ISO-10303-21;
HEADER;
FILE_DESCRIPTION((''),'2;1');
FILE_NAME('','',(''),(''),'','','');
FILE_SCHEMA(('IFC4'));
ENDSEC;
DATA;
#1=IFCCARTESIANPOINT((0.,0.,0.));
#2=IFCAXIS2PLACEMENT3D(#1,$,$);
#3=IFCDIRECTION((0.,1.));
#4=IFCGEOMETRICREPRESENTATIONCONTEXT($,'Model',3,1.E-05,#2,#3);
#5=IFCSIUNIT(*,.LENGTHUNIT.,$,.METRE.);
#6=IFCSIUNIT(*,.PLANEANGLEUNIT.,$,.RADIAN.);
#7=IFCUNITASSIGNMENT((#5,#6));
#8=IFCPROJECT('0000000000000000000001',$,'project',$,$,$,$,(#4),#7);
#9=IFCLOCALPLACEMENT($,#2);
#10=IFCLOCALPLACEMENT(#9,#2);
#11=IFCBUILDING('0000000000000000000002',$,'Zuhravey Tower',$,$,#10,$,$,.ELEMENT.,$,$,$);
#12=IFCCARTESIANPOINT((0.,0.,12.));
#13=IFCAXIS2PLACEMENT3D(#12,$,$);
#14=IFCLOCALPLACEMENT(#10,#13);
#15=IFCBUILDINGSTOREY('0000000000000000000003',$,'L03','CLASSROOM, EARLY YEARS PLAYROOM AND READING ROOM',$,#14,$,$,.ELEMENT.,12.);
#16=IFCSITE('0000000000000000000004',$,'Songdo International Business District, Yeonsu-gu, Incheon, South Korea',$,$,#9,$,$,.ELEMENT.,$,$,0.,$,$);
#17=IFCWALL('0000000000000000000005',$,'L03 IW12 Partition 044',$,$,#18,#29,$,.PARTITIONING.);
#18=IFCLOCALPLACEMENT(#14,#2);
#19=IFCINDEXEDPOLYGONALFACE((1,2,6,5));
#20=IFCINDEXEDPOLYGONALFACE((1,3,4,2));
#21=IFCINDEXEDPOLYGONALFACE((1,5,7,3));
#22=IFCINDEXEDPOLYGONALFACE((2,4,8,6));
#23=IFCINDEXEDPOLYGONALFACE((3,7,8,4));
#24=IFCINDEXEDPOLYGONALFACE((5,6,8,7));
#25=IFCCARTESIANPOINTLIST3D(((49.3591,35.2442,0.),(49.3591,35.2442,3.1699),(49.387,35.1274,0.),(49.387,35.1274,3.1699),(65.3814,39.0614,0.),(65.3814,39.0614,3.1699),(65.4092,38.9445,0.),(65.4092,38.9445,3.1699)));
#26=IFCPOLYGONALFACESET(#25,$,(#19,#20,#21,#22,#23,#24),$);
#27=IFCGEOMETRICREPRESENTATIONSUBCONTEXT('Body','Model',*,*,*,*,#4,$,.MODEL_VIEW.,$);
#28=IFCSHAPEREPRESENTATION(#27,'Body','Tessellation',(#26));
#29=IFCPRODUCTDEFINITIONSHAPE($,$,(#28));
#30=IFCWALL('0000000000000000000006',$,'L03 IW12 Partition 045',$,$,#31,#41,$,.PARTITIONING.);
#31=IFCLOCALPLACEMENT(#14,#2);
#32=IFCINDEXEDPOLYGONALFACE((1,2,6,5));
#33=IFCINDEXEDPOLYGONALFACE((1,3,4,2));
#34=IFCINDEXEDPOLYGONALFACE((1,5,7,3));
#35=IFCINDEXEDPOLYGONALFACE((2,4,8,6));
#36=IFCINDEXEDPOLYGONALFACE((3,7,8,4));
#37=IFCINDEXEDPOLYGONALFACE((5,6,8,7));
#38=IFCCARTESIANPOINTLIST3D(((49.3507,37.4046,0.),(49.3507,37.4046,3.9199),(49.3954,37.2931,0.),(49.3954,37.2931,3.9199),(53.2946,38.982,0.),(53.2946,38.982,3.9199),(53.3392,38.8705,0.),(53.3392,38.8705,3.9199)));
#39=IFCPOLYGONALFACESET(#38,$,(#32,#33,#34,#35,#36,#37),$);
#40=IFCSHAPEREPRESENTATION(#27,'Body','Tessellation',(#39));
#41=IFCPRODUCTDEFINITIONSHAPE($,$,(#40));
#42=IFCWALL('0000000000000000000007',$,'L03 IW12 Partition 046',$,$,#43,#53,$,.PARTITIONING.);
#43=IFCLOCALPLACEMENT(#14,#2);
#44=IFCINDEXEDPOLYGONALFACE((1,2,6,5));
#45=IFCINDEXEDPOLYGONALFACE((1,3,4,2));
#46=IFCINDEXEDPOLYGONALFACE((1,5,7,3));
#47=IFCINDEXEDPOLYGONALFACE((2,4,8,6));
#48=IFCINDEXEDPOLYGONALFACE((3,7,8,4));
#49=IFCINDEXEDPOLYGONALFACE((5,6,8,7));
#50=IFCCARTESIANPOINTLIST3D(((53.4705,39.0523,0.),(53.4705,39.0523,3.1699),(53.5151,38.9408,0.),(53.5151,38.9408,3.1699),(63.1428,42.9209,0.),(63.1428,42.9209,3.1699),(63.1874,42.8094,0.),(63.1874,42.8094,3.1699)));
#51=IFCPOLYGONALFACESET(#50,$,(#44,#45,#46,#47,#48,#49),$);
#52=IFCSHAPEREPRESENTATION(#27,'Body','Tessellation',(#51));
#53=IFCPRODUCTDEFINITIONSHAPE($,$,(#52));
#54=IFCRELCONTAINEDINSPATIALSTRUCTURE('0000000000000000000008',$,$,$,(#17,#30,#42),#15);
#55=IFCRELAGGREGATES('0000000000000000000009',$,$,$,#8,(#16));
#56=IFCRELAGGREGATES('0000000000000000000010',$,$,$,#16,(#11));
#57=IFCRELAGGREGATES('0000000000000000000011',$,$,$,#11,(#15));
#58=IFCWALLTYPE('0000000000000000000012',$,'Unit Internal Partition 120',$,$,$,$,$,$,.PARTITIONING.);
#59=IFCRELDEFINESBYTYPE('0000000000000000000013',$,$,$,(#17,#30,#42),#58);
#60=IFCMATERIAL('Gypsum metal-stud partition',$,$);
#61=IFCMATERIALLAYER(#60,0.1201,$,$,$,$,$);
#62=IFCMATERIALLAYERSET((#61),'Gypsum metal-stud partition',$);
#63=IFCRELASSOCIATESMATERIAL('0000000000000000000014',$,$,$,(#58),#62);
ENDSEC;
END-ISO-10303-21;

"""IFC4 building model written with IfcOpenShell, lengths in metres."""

from ifc_helpers import new_model, si_unit, direction, frame, frame_2d, origin, place, context, subcontext, project, spatial, rectangle, extrude, material, layer, layer_set, type_object, element, save


model = new_model("IFC4")

# Units and contexts
model_context = context("Model", 3, precision=1e-05, world=origin(), true_north=direction((0.0, 1.0)))
body_context = subcontext(model_context, "Body", "Model", "MODEL_VIEW")
ifc_project = project(units=[si_unit("LENGTHUNIT", "METRE"), si_unit("PLANEANGLEUNIT", "RADIAN")], contexts=[model_context])

# Site, building, storey
site_placement = place(None, origin())
site = spatial("IfcSite", under=ifc_project, at=site_placement, Name="Songdo International Business District, Yeonsu-gu, Incheon, South Korea", CompositionType="ELEMENT", RefElevation=0.0)
building_placement = place(site_placement, origin())
building = spatial("IfcBuilding", under=site, at=building_placement, Name="Zuhravey Tower", CompositionType="ELEMENT")
storey_placement = place(building_placement, frame((0.0, 0.0, 12.0)))
storey = spatial("IfcBuildingStorey", under=building, at=storey_placement, Name="L03", Description="CLASSROOM, EARLY YEARS PLAYROOM AND READING ROOM", CompositionType="ELEMENT", Elevation=12.0)

# Walls
ifc_material_1 = material(Name="Gypsum metal-stud partition")
ifc_layer_1 = layer(ifc_material_1, 0.1201)
ifc_layer_set_1 = layer_set([ifc_layer_1], Name="Gypsum metal-stud partition")
wall_type_1 = type_object("IfcWallType", Name="Unit Internal Partition 120", PredefinedType="PARTITIONING", material=ifc_layer_set_1)
wall_1_placement = place(storey_placement, frame((49.373, 35.1858, 0.0), z_axis=(0.0, 0.0, 1.0), x_axis=(0.972774, 0.231754, 0.0)))
element("IfcWall", 1, at=wall_1_placement, inside=storey, type_object=wall_type_1, Name="L03 IW12 Partition 044", PredefinedType="PARTITIONING", context=body_context, shape_type="SweptSolid", body=[
    extrude(rectangle(XDim=16.4707, YDim=0.1201, at=frame_2d((8.2354, 0.0))), origin(), (0.0, 0.0, 1.0), 3.1699),
])
wall_2_placement = place(storey_placement, frame((49.373, 37.3489, 0.0), z_axis=(0.0, 0.0, 1.0), x_axis=(0.928489, 0.371361, 0.0)))
element("IfcWall", 2, at=wall_2_placement, inside=storey, type_object=wall_type_1, Name="L03 IW12 Partition 045", PredefinedType="PARTITIONING", context=body_context, shape_type="SweptSolid", body=[
    extrude(rectangle(XDim=4.2476, YDim=0.1201, at=frame_2d((2.1238, 0.0))), origin(), (0.0, 0.0, 1.0), 3.9199),
])
wall_3_placement = place(storey_placement, frame((53.4929, 38.9966, 0.0), z_axis=(0.0, 0.0, 1.0), x_axis=(0.928486, 0.371366, 0.0)))
element("IfcWall", 3, at=wall_3_placement, inside=storey, type_object=wall_type_1, Name="L03 IW12 Partition 046", PredefinedType="PARTITIONING", context=body_context, shape_type="SweptSolid", body=[
    extrude(rectangle(XDim=10.4172, YDim=0.1201, at=frame_2d((5.2085, 0.0))), origin(), (0.0, 0.0, 1.0), 3.1699),
])

save(model, "model.ifc")
